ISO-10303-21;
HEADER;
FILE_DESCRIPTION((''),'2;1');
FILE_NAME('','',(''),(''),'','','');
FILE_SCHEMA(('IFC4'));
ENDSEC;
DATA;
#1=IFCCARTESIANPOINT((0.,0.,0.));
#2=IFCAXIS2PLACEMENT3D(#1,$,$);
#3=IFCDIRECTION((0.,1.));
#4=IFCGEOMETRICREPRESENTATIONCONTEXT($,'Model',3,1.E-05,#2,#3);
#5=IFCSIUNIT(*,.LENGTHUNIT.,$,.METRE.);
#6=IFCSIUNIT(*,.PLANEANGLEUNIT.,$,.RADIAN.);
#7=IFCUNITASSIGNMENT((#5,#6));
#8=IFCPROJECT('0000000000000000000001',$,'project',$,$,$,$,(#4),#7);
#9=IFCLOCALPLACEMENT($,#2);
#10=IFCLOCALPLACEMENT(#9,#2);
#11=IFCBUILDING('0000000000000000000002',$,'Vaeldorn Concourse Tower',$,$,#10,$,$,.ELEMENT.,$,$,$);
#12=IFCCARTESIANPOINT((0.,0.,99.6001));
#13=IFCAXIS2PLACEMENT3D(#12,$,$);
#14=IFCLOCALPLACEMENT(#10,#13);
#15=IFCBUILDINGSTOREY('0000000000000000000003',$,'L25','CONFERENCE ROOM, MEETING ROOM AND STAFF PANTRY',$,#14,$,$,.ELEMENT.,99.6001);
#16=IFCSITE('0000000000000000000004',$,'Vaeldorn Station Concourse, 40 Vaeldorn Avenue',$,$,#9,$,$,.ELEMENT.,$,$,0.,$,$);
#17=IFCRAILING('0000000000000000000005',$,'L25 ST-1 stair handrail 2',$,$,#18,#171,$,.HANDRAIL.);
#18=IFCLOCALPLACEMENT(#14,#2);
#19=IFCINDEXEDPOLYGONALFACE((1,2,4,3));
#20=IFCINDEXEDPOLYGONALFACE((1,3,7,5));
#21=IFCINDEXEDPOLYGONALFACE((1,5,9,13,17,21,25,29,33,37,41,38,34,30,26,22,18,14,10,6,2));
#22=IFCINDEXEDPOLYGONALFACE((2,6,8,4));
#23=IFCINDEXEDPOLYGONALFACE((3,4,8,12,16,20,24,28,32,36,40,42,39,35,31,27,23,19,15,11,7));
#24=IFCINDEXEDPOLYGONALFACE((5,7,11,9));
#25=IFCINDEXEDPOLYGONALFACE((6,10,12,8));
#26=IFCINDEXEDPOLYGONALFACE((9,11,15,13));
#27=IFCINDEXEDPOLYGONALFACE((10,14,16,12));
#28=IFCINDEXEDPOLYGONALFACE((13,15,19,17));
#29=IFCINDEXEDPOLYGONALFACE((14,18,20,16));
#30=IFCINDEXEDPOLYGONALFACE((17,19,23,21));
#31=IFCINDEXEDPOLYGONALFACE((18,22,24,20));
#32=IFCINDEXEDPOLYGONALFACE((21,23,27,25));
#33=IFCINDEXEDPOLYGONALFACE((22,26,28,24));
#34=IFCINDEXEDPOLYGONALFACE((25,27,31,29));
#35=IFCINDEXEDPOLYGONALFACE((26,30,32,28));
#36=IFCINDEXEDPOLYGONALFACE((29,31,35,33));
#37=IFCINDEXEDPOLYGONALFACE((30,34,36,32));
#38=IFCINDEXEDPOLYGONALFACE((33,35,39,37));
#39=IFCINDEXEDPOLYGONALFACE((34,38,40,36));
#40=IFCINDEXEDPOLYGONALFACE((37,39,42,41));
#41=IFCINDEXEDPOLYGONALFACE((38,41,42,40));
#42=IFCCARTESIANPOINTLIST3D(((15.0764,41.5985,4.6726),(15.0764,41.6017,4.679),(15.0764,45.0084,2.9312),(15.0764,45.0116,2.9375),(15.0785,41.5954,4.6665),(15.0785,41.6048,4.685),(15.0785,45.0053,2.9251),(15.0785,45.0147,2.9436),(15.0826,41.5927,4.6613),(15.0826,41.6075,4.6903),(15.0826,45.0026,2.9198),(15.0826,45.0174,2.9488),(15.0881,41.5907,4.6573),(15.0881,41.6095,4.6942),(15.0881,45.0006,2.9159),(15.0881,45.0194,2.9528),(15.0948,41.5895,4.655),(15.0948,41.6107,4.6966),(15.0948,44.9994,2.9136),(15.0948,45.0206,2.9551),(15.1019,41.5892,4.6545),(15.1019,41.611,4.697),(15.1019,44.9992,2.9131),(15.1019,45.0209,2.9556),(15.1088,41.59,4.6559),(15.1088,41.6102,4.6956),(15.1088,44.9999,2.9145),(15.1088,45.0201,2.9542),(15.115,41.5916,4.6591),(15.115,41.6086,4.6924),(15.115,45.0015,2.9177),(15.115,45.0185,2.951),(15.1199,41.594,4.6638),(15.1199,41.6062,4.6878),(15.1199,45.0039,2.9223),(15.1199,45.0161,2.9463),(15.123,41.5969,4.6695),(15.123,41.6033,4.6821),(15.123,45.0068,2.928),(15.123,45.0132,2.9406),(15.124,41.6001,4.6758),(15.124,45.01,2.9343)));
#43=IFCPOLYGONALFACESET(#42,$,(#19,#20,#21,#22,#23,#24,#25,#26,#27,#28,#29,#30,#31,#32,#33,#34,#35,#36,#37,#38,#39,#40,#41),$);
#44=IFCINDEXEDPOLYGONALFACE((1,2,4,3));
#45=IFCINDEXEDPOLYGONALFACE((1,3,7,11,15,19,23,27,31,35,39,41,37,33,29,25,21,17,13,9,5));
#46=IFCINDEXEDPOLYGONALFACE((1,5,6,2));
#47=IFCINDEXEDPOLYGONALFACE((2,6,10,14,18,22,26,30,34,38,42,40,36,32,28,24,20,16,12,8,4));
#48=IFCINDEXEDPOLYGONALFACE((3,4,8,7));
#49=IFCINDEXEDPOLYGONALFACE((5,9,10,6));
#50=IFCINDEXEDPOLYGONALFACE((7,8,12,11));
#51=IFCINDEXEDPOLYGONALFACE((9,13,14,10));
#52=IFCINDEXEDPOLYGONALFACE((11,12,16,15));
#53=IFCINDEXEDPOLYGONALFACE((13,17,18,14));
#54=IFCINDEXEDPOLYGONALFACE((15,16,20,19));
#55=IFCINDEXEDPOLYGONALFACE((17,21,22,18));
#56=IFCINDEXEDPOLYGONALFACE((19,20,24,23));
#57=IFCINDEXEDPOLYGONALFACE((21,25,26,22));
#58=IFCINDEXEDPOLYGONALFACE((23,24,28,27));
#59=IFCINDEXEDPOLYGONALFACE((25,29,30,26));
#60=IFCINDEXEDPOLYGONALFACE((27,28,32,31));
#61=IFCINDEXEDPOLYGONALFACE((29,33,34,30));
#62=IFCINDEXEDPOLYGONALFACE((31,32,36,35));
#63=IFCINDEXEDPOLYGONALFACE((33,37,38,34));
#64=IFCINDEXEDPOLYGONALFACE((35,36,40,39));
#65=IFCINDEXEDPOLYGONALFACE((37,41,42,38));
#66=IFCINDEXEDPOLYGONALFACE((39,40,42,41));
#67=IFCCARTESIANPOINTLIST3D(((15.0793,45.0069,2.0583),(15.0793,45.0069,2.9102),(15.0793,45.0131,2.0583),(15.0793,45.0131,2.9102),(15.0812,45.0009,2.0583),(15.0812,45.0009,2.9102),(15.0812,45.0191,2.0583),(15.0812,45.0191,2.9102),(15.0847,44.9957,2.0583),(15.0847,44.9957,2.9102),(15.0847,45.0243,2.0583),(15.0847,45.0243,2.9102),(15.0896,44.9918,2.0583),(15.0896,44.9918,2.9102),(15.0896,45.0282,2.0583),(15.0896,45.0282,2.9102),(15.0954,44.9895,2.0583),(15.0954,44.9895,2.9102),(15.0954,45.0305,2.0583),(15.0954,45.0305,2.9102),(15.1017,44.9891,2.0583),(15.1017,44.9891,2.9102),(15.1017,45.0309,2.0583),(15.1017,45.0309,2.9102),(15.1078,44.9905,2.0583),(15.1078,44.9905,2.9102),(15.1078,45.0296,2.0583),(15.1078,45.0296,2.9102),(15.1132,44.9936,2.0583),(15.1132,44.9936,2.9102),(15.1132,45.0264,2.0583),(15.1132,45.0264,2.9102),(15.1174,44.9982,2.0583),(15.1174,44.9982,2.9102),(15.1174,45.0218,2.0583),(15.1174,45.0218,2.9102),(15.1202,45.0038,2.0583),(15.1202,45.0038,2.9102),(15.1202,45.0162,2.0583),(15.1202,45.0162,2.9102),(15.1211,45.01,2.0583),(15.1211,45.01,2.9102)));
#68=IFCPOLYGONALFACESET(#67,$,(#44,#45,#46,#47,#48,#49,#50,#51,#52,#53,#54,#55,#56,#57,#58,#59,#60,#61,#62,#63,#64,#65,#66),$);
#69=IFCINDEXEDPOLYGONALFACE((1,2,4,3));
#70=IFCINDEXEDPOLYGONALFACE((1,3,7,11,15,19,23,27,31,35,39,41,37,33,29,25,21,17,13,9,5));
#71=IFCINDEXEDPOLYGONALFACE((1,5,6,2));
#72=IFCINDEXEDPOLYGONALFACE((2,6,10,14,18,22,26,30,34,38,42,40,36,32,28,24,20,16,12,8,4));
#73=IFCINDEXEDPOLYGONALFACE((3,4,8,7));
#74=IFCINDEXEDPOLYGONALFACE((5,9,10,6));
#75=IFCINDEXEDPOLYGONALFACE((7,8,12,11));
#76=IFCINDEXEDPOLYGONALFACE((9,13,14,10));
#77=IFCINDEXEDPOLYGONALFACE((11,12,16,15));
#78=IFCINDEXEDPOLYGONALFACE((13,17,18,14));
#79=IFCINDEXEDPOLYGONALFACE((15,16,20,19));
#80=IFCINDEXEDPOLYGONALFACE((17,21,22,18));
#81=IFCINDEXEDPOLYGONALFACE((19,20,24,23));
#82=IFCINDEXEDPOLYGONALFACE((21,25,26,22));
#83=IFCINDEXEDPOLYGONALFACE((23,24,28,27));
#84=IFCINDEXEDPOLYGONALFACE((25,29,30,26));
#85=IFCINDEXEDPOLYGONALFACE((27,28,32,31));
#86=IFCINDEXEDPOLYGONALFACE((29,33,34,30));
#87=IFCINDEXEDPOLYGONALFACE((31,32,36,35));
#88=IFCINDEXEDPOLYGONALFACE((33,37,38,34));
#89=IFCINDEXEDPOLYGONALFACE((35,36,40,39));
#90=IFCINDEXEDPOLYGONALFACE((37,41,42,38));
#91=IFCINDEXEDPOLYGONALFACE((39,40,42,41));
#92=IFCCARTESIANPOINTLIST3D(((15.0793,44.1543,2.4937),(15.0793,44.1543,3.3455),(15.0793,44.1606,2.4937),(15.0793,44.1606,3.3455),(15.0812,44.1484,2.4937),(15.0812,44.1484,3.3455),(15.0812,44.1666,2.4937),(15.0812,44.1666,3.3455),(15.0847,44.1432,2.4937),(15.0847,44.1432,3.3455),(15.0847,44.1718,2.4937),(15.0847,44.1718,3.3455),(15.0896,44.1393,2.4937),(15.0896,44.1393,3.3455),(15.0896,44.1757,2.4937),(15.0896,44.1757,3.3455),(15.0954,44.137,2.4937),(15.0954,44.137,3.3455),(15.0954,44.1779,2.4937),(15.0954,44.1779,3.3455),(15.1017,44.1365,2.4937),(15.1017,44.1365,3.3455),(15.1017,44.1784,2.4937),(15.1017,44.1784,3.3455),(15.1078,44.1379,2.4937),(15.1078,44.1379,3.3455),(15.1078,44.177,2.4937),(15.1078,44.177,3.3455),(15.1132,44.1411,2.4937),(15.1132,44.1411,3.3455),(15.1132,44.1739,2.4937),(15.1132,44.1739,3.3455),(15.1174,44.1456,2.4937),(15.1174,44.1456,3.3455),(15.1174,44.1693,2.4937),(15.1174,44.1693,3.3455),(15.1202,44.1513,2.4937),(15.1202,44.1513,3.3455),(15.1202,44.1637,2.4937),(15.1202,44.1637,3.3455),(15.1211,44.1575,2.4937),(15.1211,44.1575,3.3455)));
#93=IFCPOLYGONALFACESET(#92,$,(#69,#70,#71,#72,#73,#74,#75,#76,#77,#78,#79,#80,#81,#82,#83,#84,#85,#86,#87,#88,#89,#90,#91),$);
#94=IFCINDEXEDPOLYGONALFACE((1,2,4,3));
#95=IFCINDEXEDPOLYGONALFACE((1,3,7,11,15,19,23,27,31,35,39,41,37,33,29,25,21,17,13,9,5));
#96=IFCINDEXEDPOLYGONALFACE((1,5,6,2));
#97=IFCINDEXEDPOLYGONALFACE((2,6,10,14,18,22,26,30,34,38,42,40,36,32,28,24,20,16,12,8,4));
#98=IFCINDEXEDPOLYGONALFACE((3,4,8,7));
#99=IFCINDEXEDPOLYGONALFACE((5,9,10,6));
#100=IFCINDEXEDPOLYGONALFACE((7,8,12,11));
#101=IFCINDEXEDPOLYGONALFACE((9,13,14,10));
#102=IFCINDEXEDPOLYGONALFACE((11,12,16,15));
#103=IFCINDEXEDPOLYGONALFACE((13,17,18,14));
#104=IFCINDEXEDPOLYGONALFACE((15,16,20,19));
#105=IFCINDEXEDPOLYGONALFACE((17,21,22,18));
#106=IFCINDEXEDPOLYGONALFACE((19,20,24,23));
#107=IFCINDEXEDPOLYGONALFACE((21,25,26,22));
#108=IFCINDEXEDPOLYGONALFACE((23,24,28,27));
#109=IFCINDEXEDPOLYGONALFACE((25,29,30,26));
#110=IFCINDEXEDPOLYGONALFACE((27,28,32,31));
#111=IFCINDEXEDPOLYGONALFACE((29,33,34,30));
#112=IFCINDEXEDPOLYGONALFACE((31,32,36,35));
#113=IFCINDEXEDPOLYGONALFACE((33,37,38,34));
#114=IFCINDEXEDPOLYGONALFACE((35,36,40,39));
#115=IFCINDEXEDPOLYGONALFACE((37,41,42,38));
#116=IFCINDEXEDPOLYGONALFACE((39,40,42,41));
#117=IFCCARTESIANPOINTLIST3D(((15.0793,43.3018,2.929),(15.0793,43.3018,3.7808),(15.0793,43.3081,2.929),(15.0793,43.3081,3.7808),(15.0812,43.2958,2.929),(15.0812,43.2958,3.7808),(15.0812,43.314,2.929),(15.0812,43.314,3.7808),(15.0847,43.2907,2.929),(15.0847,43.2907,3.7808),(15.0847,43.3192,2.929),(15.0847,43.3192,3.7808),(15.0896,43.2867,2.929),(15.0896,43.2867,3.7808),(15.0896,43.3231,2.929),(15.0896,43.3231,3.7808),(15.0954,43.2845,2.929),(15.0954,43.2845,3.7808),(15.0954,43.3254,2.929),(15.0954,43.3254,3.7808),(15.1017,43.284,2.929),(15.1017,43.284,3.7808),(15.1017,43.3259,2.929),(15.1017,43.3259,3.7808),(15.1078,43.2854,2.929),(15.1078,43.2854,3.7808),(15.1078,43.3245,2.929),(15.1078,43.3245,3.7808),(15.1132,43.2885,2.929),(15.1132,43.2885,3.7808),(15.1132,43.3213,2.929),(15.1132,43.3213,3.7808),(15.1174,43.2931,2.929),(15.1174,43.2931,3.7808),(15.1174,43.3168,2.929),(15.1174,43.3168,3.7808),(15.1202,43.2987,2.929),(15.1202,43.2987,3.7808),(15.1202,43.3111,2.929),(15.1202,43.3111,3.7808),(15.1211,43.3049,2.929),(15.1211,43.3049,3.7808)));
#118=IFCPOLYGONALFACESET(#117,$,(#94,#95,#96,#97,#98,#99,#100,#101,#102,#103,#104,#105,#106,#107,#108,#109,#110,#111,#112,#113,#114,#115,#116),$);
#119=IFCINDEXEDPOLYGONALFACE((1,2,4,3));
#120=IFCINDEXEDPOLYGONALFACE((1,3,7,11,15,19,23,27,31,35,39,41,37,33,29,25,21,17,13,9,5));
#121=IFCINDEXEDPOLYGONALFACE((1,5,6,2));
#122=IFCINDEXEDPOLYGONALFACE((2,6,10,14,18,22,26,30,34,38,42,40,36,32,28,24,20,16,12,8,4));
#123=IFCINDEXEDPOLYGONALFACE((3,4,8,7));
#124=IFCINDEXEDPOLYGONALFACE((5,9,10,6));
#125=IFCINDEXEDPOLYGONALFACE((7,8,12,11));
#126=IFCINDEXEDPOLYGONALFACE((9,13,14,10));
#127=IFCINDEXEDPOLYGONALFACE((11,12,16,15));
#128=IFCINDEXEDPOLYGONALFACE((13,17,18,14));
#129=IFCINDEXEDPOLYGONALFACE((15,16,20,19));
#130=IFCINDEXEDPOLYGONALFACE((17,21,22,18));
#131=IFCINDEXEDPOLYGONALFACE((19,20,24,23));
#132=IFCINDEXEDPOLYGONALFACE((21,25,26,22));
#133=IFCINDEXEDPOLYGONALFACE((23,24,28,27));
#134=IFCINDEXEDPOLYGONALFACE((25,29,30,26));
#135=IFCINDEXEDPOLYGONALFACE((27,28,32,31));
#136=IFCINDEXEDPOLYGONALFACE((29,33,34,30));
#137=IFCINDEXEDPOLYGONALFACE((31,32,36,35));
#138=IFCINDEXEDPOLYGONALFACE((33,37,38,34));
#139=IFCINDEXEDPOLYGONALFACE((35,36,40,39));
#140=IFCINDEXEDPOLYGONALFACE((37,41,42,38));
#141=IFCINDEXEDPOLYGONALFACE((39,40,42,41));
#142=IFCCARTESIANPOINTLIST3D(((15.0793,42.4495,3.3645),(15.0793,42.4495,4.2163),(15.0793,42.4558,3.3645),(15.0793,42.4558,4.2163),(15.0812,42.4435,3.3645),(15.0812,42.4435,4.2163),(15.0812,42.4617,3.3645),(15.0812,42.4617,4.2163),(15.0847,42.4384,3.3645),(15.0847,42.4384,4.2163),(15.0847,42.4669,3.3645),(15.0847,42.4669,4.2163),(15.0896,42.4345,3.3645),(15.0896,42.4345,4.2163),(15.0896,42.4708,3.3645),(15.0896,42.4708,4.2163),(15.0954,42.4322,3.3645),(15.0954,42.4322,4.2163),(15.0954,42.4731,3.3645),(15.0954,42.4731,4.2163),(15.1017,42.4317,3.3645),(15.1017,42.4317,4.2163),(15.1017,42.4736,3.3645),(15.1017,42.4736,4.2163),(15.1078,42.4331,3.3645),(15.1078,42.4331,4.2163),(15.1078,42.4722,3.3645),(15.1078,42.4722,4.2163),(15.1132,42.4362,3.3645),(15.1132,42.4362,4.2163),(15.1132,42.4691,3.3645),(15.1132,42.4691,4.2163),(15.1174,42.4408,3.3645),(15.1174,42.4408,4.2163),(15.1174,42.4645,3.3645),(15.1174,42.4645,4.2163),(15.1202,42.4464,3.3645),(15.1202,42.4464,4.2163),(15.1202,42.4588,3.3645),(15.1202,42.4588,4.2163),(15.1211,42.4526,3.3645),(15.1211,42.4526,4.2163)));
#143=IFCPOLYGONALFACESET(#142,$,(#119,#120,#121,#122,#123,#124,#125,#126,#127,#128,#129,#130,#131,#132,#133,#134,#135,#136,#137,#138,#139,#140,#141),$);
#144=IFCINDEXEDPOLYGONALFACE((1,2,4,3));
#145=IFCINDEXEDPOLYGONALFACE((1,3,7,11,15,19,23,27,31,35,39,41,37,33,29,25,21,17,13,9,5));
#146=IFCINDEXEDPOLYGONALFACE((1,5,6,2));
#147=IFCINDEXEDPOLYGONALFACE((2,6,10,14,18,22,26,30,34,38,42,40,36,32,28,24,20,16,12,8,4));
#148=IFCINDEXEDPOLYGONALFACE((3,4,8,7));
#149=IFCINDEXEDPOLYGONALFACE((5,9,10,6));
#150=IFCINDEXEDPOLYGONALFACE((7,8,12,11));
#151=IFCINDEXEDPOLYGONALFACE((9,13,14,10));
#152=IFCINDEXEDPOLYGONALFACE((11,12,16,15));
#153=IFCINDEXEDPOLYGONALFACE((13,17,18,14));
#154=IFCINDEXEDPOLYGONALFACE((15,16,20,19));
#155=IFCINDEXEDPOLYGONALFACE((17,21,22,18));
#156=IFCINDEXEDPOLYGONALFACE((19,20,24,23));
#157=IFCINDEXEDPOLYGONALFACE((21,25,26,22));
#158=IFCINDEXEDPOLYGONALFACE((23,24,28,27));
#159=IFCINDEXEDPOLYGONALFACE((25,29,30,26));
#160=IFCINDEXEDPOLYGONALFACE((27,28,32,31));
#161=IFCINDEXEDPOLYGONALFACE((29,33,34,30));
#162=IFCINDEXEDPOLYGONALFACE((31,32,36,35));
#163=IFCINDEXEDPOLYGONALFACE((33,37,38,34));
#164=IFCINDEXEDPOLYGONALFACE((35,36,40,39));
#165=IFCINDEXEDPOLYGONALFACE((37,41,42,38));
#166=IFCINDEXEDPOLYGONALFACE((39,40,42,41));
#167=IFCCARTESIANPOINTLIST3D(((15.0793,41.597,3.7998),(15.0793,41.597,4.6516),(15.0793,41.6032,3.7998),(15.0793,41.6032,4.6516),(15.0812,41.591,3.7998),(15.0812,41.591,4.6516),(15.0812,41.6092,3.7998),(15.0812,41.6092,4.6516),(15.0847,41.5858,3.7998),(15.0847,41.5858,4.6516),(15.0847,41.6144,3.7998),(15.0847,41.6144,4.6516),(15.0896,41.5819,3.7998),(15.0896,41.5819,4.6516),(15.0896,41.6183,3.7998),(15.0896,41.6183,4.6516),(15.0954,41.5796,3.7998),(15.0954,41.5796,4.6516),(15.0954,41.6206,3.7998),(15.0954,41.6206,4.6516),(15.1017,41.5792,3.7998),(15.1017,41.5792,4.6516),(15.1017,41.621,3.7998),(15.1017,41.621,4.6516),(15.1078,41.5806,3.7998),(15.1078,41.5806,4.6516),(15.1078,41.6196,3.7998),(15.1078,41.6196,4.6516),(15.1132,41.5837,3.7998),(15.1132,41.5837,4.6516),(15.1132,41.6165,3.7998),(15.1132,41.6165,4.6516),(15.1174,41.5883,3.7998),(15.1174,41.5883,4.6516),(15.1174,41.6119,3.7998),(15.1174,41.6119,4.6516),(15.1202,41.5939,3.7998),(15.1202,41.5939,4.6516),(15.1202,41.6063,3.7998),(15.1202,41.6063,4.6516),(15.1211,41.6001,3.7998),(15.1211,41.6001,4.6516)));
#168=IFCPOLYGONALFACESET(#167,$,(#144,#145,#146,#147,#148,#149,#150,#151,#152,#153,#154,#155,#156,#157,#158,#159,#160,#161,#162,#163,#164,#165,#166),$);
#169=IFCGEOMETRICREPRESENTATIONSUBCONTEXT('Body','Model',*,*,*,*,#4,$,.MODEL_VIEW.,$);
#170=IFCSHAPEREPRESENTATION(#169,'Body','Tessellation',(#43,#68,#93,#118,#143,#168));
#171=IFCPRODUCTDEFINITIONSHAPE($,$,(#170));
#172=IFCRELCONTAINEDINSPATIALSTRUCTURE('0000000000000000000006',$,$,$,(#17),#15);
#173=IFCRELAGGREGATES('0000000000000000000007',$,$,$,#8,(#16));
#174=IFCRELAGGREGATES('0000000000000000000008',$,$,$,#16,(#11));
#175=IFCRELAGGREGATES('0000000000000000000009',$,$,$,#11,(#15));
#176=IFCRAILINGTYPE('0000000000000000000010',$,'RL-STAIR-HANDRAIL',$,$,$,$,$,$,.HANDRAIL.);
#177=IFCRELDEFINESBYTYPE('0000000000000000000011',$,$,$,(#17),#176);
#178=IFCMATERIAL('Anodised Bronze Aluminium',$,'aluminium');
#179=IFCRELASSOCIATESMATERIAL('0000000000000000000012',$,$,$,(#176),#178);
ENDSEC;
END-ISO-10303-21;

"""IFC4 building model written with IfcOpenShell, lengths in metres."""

from ifc_helpers import new_model, si_unit, direction, frame, origin, origin_2d, place, context, subcontext, project, spatial, circle, extrude, material, type_object, element, save


model = new_model("IFC4")

# Units and contexts
model_context = context("Model", 3, precision=1e-05, world=origin(), true_north=direction((0.0, 1.0)))
body_context = subcontext(model_context, "Body", "Model", "MODEL_VIEW")
ifc_project = project(units=[si_unit("LENGTHUNIT", "METRE"), si_unit("PLANEANGLEUNIT", "RADIAN")], contexts=[model_context])

# Site, building, storey
site_placement = place(None, origin())
site = spatial("IfcSite", under=ifc_project, at=site_placement, Name="Vaeldorn Station Concourse, 40 Vaeldorn Avenue", CompositionType="ELEMENT", RefElevation=0.0)
building_placement = place(site_placement, origin())
building = spatial("IfcBuilding", under=site, at=building_placement, Name="Vaeldorn Concourse Tower", CompositionType="ELEMENT")
storey_placement = place(building_placement, frame((0.0, 0.0, 99.6001)))
storey = spatial("IfcBuildingStorey", under=building, at=storey_placement, Name="L25", Description="CONFERENCE ROOM, MEETING ROOM AND STAFF PANTRY", CompositionType="ELEMENT", Elevation=99.6001)

# Shared definitions
ifc_material_1 = material(Name="Anodised Bronze Aluminium", Category="aluminium")

# Railing
railing_type_1 = type_object("IfcRailingType", Name="RL-STAIR-HANDRAIL", PredefinedType="HANDRAIL", material=ifc_material_1)
railing_1_placement = place(storey_placement, frame((15.1001, 45.01, 2.0583)))
element("IfcRailing", 1, at=railing_1_placement, inside=storey, type_object=railing_type_1, Name="L25 ST-1 stair handrail 2", PredefinedType="HANDRAIL", context=body_context, shape_type="SweptSolid", body=[
    extrude(circle(Radius=0.0239, at=origin_2d()), frame((0.0, 0.0, 0.876), z_axis=(0.0, -0.890582, 0.454823), x_axis=(1.0, 0.0, 0.0)), (0.0, 0.0, 1.0), 3.8289),
    extrude(circle(Radius=0.021, at=origin_2d()), origin(), (0.0, 0.0, 1.0), 0.8518),
    extrude(circle(Radius=0.021, at=origin_2d()), frame((0.0, -0.8525, 0.4353)), (0.0, 0.0, 1.0), 0.8518),
    extrude(circle(Radius=0.021, at=origin_2d()), frame((0.0, -1.7051, 0.8706)), (0.0, 0.0, 1.0), 0.8518),
    extrude(circle(Radius=0.021, at=origin_2d()), frame((0.0, -2.5574, 1.3062)), (0.0, 0.0, 1.0), 0.8518),
    extrude(circle(Radius=0.021, at=origin_2d()), frame((0.0, -3.4099, 1.7415)), (0.0, 0.0, 1.0), 0.8518),
])

save(model, "model.ifc")
